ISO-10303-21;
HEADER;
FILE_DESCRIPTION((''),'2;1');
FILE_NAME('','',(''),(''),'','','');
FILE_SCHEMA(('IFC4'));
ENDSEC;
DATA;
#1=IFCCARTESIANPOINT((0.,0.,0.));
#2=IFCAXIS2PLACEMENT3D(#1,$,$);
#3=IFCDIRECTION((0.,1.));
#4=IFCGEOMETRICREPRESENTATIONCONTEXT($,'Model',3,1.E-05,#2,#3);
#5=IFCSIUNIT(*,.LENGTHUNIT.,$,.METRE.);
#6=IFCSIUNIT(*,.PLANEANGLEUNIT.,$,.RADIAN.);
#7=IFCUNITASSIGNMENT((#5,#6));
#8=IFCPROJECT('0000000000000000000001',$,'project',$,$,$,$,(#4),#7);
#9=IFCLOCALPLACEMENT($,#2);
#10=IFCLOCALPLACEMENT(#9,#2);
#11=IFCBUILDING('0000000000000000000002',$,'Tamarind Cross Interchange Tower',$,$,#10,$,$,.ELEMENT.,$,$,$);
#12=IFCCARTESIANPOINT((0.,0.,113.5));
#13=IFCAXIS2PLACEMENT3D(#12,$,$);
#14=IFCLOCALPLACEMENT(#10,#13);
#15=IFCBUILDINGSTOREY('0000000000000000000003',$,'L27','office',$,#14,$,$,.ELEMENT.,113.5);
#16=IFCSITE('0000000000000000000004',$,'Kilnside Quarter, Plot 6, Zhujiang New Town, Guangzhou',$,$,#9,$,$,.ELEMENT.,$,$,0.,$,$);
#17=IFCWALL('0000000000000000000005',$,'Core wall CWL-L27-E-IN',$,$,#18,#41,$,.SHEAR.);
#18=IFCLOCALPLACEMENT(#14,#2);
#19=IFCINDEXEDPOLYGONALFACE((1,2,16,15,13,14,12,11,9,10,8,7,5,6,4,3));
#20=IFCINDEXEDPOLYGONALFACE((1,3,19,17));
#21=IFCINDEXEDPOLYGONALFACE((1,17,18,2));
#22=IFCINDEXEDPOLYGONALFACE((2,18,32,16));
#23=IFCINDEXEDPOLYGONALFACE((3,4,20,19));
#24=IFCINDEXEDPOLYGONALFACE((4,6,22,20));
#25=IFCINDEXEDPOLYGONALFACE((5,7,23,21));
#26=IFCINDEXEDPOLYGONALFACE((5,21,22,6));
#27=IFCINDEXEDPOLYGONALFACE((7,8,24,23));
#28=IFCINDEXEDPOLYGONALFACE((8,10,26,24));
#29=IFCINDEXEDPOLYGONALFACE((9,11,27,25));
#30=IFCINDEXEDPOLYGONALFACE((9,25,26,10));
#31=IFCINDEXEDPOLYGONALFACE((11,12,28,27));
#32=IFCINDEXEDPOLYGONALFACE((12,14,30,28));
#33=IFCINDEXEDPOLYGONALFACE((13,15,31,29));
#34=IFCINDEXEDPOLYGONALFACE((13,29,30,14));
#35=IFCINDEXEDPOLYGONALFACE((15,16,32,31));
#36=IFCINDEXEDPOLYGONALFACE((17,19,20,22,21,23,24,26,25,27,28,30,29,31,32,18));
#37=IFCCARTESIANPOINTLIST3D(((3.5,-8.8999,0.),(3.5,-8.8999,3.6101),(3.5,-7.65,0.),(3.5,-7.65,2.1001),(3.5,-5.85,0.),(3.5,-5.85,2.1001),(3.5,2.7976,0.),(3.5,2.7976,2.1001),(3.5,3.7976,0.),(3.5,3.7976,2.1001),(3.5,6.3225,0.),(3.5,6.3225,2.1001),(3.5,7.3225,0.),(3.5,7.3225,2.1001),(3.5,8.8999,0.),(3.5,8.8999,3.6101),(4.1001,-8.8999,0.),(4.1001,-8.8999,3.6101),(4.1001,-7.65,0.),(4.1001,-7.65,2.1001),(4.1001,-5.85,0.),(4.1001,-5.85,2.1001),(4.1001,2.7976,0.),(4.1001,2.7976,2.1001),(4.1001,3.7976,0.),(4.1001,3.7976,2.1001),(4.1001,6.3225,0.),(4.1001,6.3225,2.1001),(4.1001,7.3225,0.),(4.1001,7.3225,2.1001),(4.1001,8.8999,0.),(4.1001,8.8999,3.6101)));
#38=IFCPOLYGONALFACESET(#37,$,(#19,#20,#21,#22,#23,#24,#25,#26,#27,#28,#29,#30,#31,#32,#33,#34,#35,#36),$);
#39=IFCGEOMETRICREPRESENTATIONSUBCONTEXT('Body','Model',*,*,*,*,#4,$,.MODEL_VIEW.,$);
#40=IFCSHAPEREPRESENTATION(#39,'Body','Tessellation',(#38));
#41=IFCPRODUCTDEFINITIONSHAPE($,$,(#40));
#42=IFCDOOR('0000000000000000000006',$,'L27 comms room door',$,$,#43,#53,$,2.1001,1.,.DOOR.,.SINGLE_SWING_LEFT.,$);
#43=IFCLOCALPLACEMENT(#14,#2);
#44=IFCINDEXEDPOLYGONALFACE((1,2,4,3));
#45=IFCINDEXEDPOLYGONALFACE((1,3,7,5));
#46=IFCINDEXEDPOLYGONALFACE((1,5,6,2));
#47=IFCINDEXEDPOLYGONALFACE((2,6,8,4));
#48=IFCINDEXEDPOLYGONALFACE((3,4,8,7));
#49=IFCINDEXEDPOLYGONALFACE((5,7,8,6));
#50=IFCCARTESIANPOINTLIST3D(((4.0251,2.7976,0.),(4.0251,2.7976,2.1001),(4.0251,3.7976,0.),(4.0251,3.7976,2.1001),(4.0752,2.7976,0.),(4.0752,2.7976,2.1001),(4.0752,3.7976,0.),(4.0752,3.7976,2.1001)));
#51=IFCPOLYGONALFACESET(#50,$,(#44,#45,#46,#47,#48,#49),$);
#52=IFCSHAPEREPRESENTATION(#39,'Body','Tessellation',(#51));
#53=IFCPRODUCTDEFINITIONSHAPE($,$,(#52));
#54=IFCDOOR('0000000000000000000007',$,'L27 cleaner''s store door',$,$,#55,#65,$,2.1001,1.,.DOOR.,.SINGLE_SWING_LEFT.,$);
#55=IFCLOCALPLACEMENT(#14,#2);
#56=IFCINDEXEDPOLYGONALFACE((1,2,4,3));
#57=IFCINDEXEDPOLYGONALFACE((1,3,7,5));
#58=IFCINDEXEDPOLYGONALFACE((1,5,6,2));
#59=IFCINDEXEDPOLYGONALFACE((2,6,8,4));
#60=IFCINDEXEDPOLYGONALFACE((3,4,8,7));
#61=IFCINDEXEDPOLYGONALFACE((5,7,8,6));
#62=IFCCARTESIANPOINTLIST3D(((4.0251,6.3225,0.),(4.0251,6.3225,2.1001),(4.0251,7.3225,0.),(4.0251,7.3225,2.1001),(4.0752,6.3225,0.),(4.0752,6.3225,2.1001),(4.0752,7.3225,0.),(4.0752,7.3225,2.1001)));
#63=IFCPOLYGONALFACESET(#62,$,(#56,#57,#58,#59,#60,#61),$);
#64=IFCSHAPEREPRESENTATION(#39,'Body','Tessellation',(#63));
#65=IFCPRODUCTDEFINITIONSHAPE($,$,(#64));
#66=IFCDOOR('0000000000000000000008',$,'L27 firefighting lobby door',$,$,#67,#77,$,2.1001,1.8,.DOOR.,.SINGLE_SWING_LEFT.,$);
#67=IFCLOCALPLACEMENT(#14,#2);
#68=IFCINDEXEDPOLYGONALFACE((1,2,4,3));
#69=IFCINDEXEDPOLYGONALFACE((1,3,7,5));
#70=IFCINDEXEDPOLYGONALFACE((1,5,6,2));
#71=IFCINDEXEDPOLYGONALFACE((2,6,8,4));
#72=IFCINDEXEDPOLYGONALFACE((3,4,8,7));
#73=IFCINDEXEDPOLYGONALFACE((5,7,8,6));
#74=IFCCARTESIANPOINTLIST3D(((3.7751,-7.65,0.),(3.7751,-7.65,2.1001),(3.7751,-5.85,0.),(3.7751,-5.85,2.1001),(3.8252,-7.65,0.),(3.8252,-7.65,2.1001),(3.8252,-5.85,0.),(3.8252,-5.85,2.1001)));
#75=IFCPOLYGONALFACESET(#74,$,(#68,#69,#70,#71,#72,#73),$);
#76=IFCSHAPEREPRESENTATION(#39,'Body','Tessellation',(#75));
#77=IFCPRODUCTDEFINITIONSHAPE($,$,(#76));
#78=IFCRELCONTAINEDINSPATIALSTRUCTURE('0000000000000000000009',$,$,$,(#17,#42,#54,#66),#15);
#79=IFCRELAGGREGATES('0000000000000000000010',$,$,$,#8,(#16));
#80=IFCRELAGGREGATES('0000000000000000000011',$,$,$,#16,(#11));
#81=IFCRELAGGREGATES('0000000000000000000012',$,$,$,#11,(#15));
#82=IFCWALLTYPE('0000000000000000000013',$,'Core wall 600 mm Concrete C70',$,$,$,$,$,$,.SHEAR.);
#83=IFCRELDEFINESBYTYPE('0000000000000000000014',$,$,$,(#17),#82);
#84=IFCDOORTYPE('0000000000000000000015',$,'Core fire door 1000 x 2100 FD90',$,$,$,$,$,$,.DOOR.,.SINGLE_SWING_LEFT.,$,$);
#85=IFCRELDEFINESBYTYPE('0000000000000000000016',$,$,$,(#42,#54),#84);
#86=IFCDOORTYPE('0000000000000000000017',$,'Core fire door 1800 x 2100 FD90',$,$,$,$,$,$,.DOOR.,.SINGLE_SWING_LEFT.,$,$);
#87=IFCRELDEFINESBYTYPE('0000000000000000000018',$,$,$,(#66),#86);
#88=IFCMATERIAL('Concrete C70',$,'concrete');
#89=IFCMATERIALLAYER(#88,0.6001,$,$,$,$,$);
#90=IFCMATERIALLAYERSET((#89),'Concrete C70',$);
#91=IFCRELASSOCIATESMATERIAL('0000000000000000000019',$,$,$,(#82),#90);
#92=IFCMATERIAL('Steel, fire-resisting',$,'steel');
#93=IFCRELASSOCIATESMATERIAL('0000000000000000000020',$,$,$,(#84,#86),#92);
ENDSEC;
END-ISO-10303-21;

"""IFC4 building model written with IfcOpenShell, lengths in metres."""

from ifc_helpers import new_model, si_unit, direction, frame, frame_2d, origin, place, context, subcontext, project, spatial, rectangle, extrude, material, layer, layer_set, type_object, element, fill, save


model = new_model("IFC4")

# Units and contexts
model_context = context("Model", 3, precision=1e-05, world=origin(), true_north=direction((0.0, 1.0)))
body_context = subcontext(model_context, "Body", "Model", "MODEL_VIEW")
ifc_project = project(units=[si_unit("LENGTHUNIT", "METRE"), si_unit("PLANEANGLEUNIT", "RADIAN")], contexts=[model_context])

# Site, building, storey
site_placement = place(None, origin())
site = spatial("IfcSite", under=ifc_project, at=site_placement, Name="Kilnside Quarter, Plot 6, Zhujiang New Town, Guangzhou", CompositionType="ELEMENT", RefElevation=0.0)
building_placement = place(site_placement, origin())
building = spatial("IfcBuilding", under=site, at=building_placement, Name="Tamarind Cross Interchange Tower", CompositionType="ELEMENT")
storey_placement = place(building_placement, frame((0.0, 0.0, 113.5)))
storey = spatial("IfcBuildingStorey", under=building, at=storey_placement, Name="L27", Description="office", CompositionType="ELEMENT", Elevation=113.5)

# Wall, openings, doors
ifc_material_1 = material(Name="Concrete C70", Category="concrete")
ifc_layer_1 = layer(ifc_material_1, 0.6001)
ifc_layer_set_1 = layer_set([ifc_layer_1], Name="Concrete C70")
wall_type = type_object("IfcWallType", Name="Core wall 600 mm Concrete C70", PredefinedType="SHEAR", material=ifc_layer_set_1)
wall_placement = place(storey_placement, frame((3.8, -8.8999, 0.0), z_axis=(0.0, 0.0, 1.0), x_axis=(0.0, 1.0, 0.0)))
wall = element("IfcWall", 1, at=wall_placement, inside=storey, type_object=wall_type, Name="Core wall CWL-L27-E-IN", PredefinedType="SHEAR", context=body_context, shape_type="SweptSolid", body=[
    extrude(rectangle(XDim=17.7998, YDim=0.6001, at=frame_2d((8.8999, 0.0))), origin(), (0.0, 0.0, 1.0), 3.6101),
])
opening_1_placement = place(wall_placement, frame((1.25, 0.0, 0.0)))
opening_1 = element("IfcOpeningElement", 2, at=opening_1_placement, cuts=wall, PredefinedType="OPENING", context=body_context, shape_type="SweptSolid", body=[
    extrude(rectangle(XDim=1.8, YDim=2.1001, at=frame_2d((0.8999, 1.05))), frame((0.0, 0.3101, 0.0), z_axis=(0.0, -1.0, 0.0), x_axis=(1.0, 0.0, 0.0)), (0.0, 0.0, 1.0), 0.6201),
])
opening_2_placement = place(wall_placement, frame((11.6975, 0.0, 0.0)))
opening_2 = element("IfcOpeningElement", 3, at=opening_2_placement, cuts=wall, PredefinedType="OPENING", context=body_context, shape_type="SweptSolid", body=[
    extrude(rectangle(XDim=1.0, YDim=2.1001, at=frame_2d((0.5, 1.05))), frame((0.0, 0.3101, 0.0), z_axis=(0.0, -1.0, 0.0), x_axis=(1.0, 0.0, 0.0)), (0.0, 0.0, 1.0), 0.6201),
])
opening_3_placement = place(wall_placement, frame((15.2224, 0.0, 0.0)))
opening_3 = element("IfcOpeningElement", 4, at=opening_3_placement, cuts=wall, PredefinedType="OPENING", context=body_context, shape_type="SweptSolid", body=[
    extrude(rectangle(XDim=1.0, YDim=2.1001, at=frame_2d((0.5, 1.05))), frame((0.0, 0.3101, 0.0), z_axis=(0.0, -1.0, 0.0), x_axis=(1.0, 0.0, 0.0)), (0.0, 0.0, 1.0), 0.6201),
])
ifc_material_2 = material(Name="Steel, fire-resisting", Category="steel")
door_type_1 = type_object("IfcDoorType", Name="Core fire door 1000 x 2100 FD90", OperationType="SINGLE_SWING_LEFT", PredefinedType="DOOR", material=ifc_material_2)
door_1_placement = place(opening_2_placement, origin())
door_1 = element("IfcDoor", 5, at=door_1_placement, inside=storey, type_object=door_type_1, Name="L27 comms room door", OperationType="SINGLE_SWING_LEFT", OverallHeight=2.1001, OverallWidth=1.0, PredefinedType="DOOR", context=body_context, shape_type="SweptSolid", body=[
    extrude(rectangle(XDim=1.0, YDim=2.1001, at=frame_2d((0.5, 1.05))), frame((0.0, -0.2251, 0.0), z_axis=(0.0, -1.0, 0.0), x_axis=(1.0, 0.0, 0.0)), (0.0, 0.0, 1.0), 0.05),
])
fill(opening_2, door_1)
door_2_placement = place(opening_3_placement, origin())
door_2 = element("IfcDoor", 6, at=door_2_placement, inside=storey, type_object=door_type_1, Name="L27 cleaner's store door", OperationType="SINGLE_SWING_LEFT", OverallHeight=2.1001, OverallWidth=1.0, PredefinedType="DOOR", context=body_context, shape_type="SweptSolid", body=[
    extrude(rectangle(XDim=1.0, YDim=2.1001, at=frame_2d((0.5, 1.05))), frame((0.0, -0.2251, 0.0), z_axis=(0.0, -1.0, 0.0), x_axis=(1.0, 0.0, 0.0)), (0.0, 0.0, 1.0), 0.05),
])
fill(opening_3, door_2)
door_type_2 = type_object("IfcDoorType", Name="Core fire door 1800 x 2100 FD90", OperationType="SINGLE_SWING_LEFT", PredefinedType="DOOR", material=ifc_material_2)
door_3_placement = place(opening_1_placement, origin())
door_3 = element("IfcDoor", 7, at=door_3_placement, inside=storey, type_object=door_type_2, Name="L27 firefighting lobby door", OperationType="SINGLE_SWING_LEFT", OverallHeight=2.1001, OverallWidth=1.8, PredefinedType="DOOR", context=body_context, shape_type="SweptSolid", body=[
    extrude(rectangle(XDim=1.8, YDim=2.1001, at=frame_2d((0.8999, 1.05))), frame((0.0, 0.0249, 0.0), z_axis=(0.0, -1.0, 0.0), x_axis=(1.0, 0.0, 0.0)), (0.0, 0.0, 1.0), 0.05),
])
fill(opening_1, door_3)

save(model, "model.ifc")
